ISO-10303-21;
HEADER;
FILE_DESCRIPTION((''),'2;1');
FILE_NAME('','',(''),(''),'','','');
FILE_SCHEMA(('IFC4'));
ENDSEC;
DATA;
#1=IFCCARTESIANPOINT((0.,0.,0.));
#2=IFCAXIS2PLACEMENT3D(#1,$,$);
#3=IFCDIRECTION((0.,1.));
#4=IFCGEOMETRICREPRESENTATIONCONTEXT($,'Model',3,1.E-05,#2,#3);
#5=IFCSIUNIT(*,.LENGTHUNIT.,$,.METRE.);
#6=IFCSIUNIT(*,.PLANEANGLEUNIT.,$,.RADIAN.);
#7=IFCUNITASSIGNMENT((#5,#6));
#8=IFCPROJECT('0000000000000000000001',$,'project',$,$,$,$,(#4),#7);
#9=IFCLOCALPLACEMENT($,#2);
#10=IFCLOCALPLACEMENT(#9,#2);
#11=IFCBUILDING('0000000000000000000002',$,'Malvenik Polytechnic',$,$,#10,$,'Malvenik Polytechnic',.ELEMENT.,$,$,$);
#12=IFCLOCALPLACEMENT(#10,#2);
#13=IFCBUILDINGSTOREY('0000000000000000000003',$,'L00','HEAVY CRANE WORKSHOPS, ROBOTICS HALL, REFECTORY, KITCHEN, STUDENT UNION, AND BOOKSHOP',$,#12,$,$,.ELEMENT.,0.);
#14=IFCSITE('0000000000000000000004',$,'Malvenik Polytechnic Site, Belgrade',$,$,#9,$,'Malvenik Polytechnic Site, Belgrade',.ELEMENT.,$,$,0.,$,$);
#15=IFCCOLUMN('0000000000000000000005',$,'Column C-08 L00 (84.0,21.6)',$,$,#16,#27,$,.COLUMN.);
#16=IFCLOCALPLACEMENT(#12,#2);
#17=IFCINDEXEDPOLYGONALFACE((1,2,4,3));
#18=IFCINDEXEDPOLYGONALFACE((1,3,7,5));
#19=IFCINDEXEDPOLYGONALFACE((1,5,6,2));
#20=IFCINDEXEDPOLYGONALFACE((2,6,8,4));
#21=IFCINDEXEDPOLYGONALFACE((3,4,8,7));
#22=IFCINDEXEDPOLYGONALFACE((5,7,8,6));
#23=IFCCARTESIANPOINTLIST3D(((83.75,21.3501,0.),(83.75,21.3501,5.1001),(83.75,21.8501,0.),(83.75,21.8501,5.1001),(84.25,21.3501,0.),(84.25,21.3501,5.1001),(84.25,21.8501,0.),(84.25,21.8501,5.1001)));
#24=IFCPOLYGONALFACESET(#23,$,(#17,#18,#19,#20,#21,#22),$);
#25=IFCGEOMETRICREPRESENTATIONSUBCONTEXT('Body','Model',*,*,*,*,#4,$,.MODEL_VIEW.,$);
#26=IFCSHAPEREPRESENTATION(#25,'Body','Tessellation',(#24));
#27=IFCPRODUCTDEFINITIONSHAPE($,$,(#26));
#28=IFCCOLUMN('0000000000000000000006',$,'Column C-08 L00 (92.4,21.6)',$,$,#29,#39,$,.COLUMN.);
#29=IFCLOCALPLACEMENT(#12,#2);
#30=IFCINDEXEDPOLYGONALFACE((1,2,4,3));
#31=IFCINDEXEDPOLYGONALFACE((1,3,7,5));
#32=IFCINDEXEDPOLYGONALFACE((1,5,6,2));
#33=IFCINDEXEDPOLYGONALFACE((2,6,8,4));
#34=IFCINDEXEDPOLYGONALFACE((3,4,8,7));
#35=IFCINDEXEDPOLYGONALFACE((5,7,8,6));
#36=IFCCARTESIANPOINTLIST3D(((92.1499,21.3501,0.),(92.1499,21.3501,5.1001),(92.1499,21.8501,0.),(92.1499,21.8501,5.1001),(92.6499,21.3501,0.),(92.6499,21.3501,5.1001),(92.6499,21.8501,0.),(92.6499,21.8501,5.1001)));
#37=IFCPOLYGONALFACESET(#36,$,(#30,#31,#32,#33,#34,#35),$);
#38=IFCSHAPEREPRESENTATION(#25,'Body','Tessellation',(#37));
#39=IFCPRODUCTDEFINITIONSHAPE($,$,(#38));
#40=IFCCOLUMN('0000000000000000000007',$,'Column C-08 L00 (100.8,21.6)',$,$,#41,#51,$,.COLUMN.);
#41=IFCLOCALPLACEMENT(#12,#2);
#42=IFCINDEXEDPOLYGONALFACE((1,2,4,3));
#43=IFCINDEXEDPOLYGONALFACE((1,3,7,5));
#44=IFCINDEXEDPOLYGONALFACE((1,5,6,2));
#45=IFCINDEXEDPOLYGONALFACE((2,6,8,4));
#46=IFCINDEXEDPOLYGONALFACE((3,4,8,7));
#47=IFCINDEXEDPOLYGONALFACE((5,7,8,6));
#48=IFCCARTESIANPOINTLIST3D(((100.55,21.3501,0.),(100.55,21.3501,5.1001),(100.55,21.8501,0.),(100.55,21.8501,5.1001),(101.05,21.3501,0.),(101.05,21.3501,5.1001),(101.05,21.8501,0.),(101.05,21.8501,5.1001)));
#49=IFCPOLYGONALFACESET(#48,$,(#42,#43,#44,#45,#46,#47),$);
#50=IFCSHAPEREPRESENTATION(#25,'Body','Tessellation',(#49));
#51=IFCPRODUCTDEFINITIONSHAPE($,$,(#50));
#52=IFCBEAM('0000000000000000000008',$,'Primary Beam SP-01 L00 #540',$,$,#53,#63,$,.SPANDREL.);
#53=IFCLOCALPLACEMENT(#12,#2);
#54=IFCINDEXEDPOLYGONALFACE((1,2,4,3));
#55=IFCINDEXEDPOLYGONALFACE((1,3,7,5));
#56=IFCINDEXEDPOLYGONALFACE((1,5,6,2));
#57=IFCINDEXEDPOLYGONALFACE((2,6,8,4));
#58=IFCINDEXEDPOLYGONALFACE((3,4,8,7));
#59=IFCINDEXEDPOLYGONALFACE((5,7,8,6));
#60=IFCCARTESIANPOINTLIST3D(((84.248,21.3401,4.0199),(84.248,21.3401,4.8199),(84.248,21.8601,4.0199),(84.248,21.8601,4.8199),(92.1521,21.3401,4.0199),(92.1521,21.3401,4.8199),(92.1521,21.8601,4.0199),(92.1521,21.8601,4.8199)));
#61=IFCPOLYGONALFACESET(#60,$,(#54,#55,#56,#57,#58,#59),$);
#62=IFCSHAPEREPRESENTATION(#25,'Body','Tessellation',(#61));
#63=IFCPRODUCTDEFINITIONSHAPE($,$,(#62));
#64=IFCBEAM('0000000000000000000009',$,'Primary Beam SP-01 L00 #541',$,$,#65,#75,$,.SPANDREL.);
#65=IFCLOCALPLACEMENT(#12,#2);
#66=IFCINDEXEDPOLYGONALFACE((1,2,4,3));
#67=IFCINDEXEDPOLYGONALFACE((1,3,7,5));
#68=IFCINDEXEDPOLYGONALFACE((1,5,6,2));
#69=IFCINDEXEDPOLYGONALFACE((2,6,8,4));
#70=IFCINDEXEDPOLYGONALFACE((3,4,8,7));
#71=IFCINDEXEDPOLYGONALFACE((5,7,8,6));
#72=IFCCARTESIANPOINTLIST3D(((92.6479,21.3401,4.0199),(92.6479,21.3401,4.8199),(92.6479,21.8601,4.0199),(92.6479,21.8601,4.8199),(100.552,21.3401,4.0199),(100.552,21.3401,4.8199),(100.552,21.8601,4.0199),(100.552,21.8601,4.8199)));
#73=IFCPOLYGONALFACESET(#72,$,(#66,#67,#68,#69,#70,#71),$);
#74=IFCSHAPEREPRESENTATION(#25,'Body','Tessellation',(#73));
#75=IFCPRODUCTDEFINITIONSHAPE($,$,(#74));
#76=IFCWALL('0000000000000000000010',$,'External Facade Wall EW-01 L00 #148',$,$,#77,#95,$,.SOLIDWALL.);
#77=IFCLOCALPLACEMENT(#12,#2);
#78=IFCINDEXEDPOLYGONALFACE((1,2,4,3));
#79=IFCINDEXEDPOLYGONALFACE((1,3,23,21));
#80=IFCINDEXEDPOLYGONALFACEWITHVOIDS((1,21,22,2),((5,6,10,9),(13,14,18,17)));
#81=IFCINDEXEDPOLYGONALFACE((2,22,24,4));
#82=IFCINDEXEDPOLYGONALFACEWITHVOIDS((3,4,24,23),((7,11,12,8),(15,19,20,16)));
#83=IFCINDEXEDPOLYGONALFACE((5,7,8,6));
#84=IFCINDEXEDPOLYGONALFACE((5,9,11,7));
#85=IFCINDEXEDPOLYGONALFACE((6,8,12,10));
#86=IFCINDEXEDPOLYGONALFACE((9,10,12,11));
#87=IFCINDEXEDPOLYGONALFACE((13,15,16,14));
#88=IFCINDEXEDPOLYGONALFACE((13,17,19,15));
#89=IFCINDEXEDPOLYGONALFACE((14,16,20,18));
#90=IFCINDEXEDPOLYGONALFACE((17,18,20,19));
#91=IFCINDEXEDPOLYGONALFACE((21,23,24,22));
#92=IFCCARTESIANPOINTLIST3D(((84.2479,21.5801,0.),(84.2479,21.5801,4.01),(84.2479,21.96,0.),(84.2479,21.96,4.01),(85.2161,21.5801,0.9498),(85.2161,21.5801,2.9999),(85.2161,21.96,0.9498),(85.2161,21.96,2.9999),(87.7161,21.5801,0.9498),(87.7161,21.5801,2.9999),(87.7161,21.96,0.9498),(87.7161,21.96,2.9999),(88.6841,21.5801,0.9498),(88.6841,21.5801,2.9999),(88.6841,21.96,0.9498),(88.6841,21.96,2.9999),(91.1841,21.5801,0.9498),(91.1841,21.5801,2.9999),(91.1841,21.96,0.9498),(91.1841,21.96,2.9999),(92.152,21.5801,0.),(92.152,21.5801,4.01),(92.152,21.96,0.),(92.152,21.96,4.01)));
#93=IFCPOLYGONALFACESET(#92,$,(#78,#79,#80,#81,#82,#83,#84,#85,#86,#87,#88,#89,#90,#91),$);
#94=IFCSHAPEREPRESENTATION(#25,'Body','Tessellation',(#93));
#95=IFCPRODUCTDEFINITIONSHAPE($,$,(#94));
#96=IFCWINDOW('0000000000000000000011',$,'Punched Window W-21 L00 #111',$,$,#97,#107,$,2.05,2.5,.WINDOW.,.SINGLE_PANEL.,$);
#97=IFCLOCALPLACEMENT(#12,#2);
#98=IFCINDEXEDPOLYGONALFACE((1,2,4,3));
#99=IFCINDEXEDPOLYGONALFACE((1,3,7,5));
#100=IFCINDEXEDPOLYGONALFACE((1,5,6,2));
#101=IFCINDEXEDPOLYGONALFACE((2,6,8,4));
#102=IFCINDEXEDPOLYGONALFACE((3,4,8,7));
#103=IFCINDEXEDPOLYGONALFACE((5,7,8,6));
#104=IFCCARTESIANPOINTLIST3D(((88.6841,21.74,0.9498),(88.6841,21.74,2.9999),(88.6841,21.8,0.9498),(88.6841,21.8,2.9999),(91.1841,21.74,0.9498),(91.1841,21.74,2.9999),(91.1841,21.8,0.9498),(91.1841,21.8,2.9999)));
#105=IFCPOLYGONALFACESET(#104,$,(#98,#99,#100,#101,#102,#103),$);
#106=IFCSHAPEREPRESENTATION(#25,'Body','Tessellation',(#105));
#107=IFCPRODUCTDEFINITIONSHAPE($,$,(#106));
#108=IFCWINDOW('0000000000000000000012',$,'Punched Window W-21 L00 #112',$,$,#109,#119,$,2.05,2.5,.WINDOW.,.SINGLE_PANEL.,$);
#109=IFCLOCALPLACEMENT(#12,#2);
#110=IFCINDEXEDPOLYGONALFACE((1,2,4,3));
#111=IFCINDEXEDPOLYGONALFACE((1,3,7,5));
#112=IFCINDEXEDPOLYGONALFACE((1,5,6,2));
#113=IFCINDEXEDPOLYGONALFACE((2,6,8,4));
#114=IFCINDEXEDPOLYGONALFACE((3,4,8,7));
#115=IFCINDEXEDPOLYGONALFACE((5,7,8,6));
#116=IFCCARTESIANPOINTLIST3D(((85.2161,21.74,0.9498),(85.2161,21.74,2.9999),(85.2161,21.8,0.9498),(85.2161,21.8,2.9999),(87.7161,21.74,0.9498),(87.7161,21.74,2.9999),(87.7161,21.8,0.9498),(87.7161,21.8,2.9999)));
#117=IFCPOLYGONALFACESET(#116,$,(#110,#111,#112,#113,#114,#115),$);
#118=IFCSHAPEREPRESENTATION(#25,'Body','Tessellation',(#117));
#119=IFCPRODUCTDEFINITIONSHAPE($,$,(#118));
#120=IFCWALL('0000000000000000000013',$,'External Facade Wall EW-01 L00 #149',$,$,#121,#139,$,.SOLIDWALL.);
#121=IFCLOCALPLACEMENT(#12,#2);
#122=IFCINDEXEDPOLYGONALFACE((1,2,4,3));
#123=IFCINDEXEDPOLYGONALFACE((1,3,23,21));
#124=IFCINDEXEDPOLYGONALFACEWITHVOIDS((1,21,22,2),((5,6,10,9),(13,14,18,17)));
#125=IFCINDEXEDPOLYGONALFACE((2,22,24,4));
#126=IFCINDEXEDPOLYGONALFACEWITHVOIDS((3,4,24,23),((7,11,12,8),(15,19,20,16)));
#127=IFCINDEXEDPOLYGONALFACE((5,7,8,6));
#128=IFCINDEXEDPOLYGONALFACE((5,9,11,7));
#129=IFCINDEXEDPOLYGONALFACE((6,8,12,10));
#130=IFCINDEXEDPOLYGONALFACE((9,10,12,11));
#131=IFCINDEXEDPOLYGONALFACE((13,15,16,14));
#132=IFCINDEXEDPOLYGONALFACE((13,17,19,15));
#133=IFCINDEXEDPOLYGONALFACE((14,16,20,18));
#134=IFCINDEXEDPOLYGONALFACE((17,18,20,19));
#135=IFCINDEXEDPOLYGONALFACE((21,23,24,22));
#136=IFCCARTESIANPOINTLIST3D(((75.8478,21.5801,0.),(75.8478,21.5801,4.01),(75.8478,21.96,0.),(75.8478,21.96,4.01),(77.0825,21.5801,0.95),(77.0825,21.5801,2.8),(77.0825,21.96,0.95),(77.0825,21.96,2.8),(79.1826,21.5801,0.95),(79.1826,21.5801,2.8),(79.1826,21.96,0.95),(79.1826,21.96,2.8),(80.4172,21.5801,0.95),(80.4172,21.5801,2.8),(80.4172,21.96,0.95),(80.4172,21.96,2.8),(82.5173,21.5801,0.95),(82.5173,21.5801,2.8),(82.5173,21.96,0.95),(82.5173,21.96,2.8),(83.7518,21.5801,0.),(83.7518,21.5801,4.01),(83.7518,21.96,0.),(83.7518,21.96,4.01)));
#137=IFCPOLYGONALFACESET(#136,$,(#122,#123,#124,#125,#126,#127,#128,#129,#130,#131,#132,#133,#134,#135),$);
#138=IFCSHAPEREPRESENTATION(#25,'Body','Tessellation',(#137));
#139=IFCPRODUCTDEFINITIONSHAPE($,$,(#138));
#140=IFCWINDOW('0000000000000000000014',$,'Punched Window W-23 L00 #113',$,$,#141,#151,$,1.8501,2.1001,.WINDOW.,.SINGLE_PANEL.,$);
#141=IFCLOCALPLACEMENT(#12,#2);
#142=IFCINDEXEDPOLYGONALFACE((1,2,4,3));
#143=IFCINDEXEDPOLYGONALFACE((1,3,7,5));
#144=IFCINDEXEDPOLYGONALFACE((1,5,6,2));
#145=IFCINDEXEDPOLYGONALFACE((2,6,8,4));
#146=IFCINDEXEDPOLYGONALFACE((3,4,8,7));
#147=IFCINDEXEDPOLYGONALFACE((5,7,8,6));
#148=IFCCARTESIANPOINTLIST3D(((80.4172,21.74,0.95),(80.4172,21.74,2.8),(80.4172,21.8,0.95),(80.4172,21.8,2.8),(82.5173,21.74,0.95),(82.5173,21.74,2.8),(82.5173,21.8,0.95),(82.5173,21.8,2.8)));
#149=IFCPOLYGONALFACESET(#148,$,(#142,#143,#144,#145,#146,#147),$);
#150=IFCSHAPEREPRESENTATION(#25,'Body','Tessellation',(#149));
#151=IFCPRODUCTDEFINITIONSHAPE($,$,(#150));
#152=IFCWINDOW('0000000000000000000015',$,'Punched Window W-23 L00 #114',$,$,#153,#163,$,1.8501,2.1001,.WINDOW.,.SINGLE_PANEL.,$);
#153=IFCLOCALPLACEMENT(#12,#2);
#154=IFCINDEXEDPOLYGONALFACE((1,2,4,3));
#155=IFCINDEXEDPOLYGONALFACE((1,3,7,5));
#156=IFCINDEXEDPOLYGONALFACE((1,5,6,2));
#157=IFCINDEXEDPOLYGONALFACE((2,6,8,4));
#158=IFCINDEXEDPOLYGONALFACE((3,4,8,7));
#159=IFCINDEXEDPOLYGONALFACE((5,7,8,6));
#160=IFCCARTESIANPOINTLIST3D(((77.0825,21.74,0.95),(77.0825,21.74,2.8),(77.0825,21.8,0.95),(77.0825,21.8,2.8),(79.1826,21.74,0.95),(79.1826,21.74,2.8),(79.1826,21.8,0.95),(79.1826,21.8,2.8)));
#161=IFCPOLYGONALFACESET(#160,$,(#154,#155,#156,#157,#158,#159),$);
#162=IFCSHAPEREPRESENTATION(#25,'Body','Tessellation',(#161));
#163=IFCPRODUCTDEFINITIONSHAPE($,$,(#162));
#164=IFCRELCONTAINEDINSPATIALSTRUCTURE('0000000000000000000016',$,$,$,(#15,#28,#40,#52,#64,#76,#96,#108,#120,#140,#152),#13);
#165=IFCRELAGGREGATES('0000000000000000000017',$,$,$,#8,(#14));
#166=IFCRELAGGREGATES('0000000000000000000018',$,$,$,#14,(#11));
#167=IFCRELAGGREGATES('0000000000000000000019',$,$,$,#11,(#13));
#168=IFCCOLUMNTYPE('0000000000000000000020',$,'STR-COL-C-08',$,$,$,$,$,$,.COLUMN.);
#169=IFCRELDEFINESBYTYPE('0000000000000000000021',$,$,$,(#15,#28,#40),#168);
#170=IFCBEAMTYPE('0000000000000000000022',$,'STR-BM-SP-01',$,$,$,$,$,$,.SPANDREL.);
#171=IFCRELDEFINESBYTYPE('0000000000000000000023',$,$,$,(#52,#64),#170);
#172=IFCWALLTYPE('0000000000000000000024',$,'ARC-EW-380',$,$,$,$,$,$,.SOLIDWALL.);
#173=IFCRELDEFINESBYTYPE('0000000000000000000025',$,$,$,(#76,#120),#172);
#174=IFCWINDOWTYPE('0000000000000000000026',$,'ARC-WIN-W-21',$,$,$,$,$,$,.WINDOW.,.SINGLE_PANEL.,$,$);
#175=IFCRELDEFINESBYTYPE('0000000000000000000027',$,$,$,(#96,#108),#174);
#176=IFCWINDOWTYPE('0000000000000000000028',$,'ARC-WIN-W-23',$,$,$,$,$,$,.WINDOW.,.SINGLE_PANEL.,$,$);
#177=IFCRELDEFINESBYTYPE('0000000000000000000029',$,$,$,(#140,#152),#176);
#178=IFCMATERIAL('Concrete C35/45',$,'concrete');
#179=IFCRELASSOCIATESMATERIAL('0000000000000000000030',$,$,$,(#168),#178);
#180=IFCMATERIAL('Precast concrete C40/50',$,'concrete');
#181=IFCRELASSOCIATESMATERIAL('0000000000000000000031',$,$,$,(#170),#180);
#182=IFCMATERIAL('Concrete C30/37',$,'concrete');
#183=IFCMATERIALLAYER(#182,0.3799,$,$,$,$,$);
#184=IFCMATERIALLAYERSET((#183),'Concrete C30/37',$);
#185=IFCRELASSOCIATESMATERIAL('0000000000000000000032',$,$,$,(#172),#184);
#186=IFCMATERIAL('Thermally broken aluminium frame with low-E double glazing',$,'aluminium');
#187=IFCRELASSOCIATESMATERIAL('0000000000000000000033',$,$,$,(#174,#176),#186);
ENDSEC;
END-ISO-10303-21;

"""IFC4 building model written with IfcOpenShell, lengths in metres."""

from ifc_helpers import new_model, si_unit, direction, frame, frame_2d, origin, origin_2d, place, context, subcontext, project, spatial, rectangle, extrude, material, layer, layer_set, material_profile, profile_set, type_object, element, fill, save


model = new_model("IFC4")

# Units and contexts
model_context = context("Model", 3, precision=1e-05, world=origin(), true_north=direction((0.0, 1.0)))
body_context = subcontext(model_context, "Body", "Model", "MODEL_VIEW")
ifc_project = project(units=[si_unit("LENGTHUNIT", "METRE"), si_unit("PLANEANGLEUNIT", "RADIAN")], contexts=[model_context])

# Site, building, storey
site_placement = place(None, origin())
site = spatial("IfcSite", under=ifc_project, at=site_placement, Name="Malvenik Polytechnic Site, Belgrade", LongName="Malvenik Polytechnic Site, Belgrade", CompositionType="ELEMENT", RefElevation=0.0)
building_placement = place(site_placement, origin())
building = spatial("IfcBuilding", under=site, at=building_placement, Name="Malvenik Polytechnic", LongName="Malvenik Polytechnic", CompositionType="ELEMENT")
storey_placement = place(building_placement, origin())
storey = spatial("IfcBuildingStorey", under=building, at=storey_placement, Name="L00", Description="HEAVY CRANE WORKSHOPS, ROBOTICS HALL, REFECTORY, KITCHEN, STUDENT UNION, AND BOOKSHOP", CompositionType="ELEMENT", Elevation=0.0)

# Columns
ifc_material_1 = material(Name="Concrete C35/45", Category="concrete")
ifc_material_profile_1 = material_profile(ifc_material_1, rectangle(XDim=0.5, YDim=0.5, at=origin_2d()), Name="RC COL 500x500")
ifc_profile_set_1 = profile_set([ifc_material_profile_1], Name="Concrete C35/45")
column_type = type_object("IfcColumnType", Name="STR-COL-C-08", PredefinedType="COLUMN", material=ifc_profile_set_1)
for number, where, z_axis, x_axis, name in (
    (1, (84.0, 21.6001, 0.0), (0.0, 0.0, 1.0), (1.0, 0.0, 0.0), "Column C-08 L00 (84.0,21.6)"),
    (2, (92.3999, 21.6001, 0.0), (0.0, 0.0, 1.0), (1.0, 0.0, 0.0), "Column C-08 L00 (92.4,21.6)"),
    (3, (100.8, 21.6001, 0.0), (0.0, 0.0, 1.0), (1.0, 0.0, 0.0), "Column C-08 L00 (100.8,21.6)"),
):
    element("IfcColumn", number, at=place(storey_placement, frame(where, z_axis=z_axis, x_axis=x_axis)), inside=storey, type_object=column_type, Name=name, PredefinedType="COLUMN", context=body_context, shape_type="SweptSolid", body=[
        extrude(rectangle(XDim=0.5, YDim=0.5, at=origin_2d()), origin(), (0.0, 0.0, 1.0), 5.1001),
    ])

# Beams
ifc_material_2 = material(Name="Precast concrete C40/50", Category="concrete")
ifc_material_profile_2 = material_profile(ifc_material_2, rectangle(XDim=0.52, YDim=0.8, at=origin_2d()), Name="PC SPN 520x800")
ifc_profile_set_2 = profile_set([ifc_material_profile_2], Name="Precast concrete C40/50")
beam_type = type_object("IfcBeamType", Name="STR-BM-SP-01", PredefinedType="SPANDREL", material=ifc_profile_set_2)
for number, where, z_axis, x_axis, name in (
    (4, (84.248, 21.6001, 4.4199), (1.0, 0.0, 0.0), (0.0, 1.0, 0.0), "Primary Beam SP-01 L00 #540"),
    (5, (92.6479, 21.6001, 4.4199), (1.0, 0.0, 0.0), (0.0, 1.0, 0.0), "Primary Beam SP-01 L00 #541"),
):
    element("IfcBeam", number, at=place(storey_placement, frame(where, z_axis=z_axis, x_axis=x_axis)), inside=storey, type_object=beam_type, Name=name, PredefinedType="SPANDREL", context=body_context, shape_type="SweptSolid", body=[
        extrude(rectangle(XDim=0.52, YDim=0.8, at=origin_2d()), origin(), (0.0, 0.0, 1.0), 7.9041),
    ])

# Walls, openings, windows
ifc_material_3 = material(Name="Concrete C30/37", Category="concrete")
ifc_layer_1 = layer(ifc_material_3, 0.3799)
ifc_layer_set_1 = layer_set([ifc_layer_1], Name="Concrete C30/37")
wall_type = type_object("IfcWallType", Name="ARC-EW-380", PredefinedType="SOLIDWALL", material=ifc_layer_set_1)
wall_1_placement = place(storey_placement, frame((92.1521, 21.77, 0.0), z_axis=(0.0, 0.0, 1.0), x_axis=(-1.0, 0.0, 0.0)))
wall_1 = element("IfcWall", 6, at=wall_1_placement, inside=storey, type_object=wall_type, Name="External Facade Wall EW-01 L00 #148", PredefinedType="SOLIDWALL", context=body_context, shape_type="SweptSolid", body=[
    extrude(rectangle(XDim=7.9041, YDim=0.3799, at=frame_2d((3.9521, 0.0))), origin(), (0.0, 0.0, 1.0), 4.01),
])
opening_1_placement = place(wall_1_placement, frame((0.968, 0.0, 0.95)))
opening_1 = element("IfcOpeningElement", 7, at=opening_1_placement, cuts=wall_1, PredefinedType="OPENING", context=body_context, shape_type="SweptSolid", body=[
    extrude(rectangle(XDim=2.5, YDim=2.05, at=frame_2d((1.25, 1.0249))), frame((0.0, 0.2, 0.0), z_axis=(0.0, -1.0, 0.0), x_axis=(1.0, 0.0, 0.0)), (0.0, 0.0, 1.0), 0.3999),
])
opening_2_placement = place(wall_1_placement, frame((4.436, 0.0, 0.95)))
opening_2 = element("IfcOpeningElement", 8, at=opening_2_placement, cuts=wall_1, PredefinedType="OPENING", context=body_context, shape_type="SweptSolid", body=[
    extrude(rectangle(XDim=2.5, YDim=2.05, at=frame_2d((1.25, 1.0249))), frame((0.0, 0.2, 0.0), z_axis=(0.0, -1.0, 0.0), x_axis=(1.0, 0.0, 0.0)), (0.0, 0.0, 1.0), 0.3999),
])
ifc_material_4 = material(Name="Thermally broken aluminium frame with low-E double glazing", Category="aluminium")
window_type_1 = type_object("IfcWindowType", Name="ARC-WIN-W-21", PartitioningType="SINGLE_PANEL", PredefinedType="WINDOW", material=ifc_material_4)
window_1_placement = place(opening_1_placement, origin())
window_1 = element("IfcWindow", 9, at=window_1_placement, inside=storey, type_object=window_type_1, Name="Punched Window W-21 L00 #111", OverallHeight=2.05, OverallWidth=2.5, PartitioningType="SINGLE_PANEL", PredefinedType="WINDOW", context=body_context, shape_type="SweptSolid", body=[
    extrude(rectangle(XDim=2.5, YDim=2.05, at=frame_2d((1.25, 1.0249))), frame((0.0, 0.03, 0.0), z_axis=(0.0, -1.0, 0.0), x_axis=(1.0, 0.0, 0.0)), (0.0, 0.0, 1.0), 0.0601),
])
fill(opening_1, window_1)
window_2_placement = place(opening_2_placement, origin())
window_2 = element("IfcWindow", 10, at=window_2_placement, inside=storey, type_object=window_type_1, Name="Punched Window W-21 L00 #112", OverallHeight=2.05, OverallWidth=2.5, PartitioningType="SINGLE_PANEL", PredefinedType="WINDOW", context=body_context, shape_type="SweptSolid", body=[
    extrude(rectangle(XDim=2.5, YDim=2.05, at=frame_2d((1.25, 1.0249))), frame((0.0, 0.03, 0.0), z_axis=(0.0, -1.0, 0.0), x_axis=(1.0, 0.0, 0.0)), (0.0, 0.0, 1.0), 0.0601),
])
fill(opening_2, window_2)
wall_2_placement = place(storey_placement, frame((83.752, 21.77, 0.0), z_axis=(0.0, 0.0, 1.0), x_axis=(-1.0, 0.0, 0.0)))
wall_2 = element("IfcWall", 11, at=wall_2_placement, inside=storey, type_object=wall_type, Name="External Facade Wall EW-01 L00 #149", PredefinedType="SOLIDWALL", context=body_context, shape_type="SweptSolid", body=[
    extrude(rectangle(XDim=7.9041, YDim=0.3799, at=frame_2d((3.9521, 0.0))), origin(), (0.0, 0.0, 1.0), 4.01),
])
opening_3_placement = place(wall_2_placement, frame((1.2346, 0.0, 0.95)))
opening_3 = element("IfcOpeningElement", 12, at=opening_3_placement, cuts=wall_2, PredefinedType="OPENING", context=body_context, shape_type="SweptSolid", body=[
    extrude(rectangle(XDim=2.1001, YDim=1.8501, at=frame_2d((1.05, 0.925))), frame((0.0, 0.2, 0.0), z_axis=(0.0, -1.0, 0.0), x_axis=(1.0, 0.0, 0.0)), (0.0, 0.0, 1.0), 0.3999),
])
opening_4_placement = place(wall_2_placement, frame((4.5693, 0.0, 0.95)))
opening_4 = element("IfcOpeningElement", 13, at=opening_4_placement, cuts=wall_2, PredefinedType="OPENING", context=body_context, shape_type="SweptSolid", body=[
    extrude(rectangle(XDim=2.1001, YDim=1.8501, at=frame_2d((1.05, 0.925))), frame((0.0, 0.2, 0.0), z_axis=(0.0, -1.0, 0.0), x_axis=(1.0, 0.0, 0.0)), (0.0, 0.0, 1.0), 0.3999),
])
window_type_2 = type_object("IfcWindowType", Name="ARC-WIN-W-23", PartitioningType="SINGLE_PANEL", PredefinedType="WINDOW", material=ifc_material_4)
window_3_placement = place(opening_3_placement, origin())
window_3 = element("IfcWindow", 14, at=window_3_placement, inside=storey, type_object=window_type_2, Name="Punched Window W-23 L00 #113", OverallHeight=1.8501, OverallWidth=2.1001, PartitioningType="SINGLE_PANEL", PredefinedType="WINDOW", context=body_context, shape_type="SweptSolid", body=[
    extrude(rectangle(XDim=2.1001, YDim=1.8501, at=frame_2d((1.05, 0.925))), frame((0.0, 0.03, 0.0), z_axis=(0.0, -1.0, 0.0), x_axis=(1.0, 0.0, 0.0)), (0.0, 0.0, 1.0), 0.0601),
])
fill(opening_3, window_3)
window_4_placement = place(opening_4_placement, origin())
window_4 = element("IfcWindow", 15, at=window_4_placement, inside=storey, type_object=window_type_2, Name="Punched Window W-23 L00 #114", OverallHeight=1.8501, OverallWidth=2.1001, PartitioningType="SINGLE_PANEL", PredefinedType="WINDOW", context=body_context, shape_type="SweptSolid", body=[
    extrude(rectangle(XDim=2.1001, YDim=1.8501, at=frame_2d((1.05, 0.925))), frame((0.0, 0.03, 0.0), z_axis=(0.0, -1.0, 0.0), x_axis=(1.0, 0.0, 0.0)), (0.0, 0.0, 1.0), 0.0601),
])
fill(opening_4, window_4)

save(model, "model.ifc")
